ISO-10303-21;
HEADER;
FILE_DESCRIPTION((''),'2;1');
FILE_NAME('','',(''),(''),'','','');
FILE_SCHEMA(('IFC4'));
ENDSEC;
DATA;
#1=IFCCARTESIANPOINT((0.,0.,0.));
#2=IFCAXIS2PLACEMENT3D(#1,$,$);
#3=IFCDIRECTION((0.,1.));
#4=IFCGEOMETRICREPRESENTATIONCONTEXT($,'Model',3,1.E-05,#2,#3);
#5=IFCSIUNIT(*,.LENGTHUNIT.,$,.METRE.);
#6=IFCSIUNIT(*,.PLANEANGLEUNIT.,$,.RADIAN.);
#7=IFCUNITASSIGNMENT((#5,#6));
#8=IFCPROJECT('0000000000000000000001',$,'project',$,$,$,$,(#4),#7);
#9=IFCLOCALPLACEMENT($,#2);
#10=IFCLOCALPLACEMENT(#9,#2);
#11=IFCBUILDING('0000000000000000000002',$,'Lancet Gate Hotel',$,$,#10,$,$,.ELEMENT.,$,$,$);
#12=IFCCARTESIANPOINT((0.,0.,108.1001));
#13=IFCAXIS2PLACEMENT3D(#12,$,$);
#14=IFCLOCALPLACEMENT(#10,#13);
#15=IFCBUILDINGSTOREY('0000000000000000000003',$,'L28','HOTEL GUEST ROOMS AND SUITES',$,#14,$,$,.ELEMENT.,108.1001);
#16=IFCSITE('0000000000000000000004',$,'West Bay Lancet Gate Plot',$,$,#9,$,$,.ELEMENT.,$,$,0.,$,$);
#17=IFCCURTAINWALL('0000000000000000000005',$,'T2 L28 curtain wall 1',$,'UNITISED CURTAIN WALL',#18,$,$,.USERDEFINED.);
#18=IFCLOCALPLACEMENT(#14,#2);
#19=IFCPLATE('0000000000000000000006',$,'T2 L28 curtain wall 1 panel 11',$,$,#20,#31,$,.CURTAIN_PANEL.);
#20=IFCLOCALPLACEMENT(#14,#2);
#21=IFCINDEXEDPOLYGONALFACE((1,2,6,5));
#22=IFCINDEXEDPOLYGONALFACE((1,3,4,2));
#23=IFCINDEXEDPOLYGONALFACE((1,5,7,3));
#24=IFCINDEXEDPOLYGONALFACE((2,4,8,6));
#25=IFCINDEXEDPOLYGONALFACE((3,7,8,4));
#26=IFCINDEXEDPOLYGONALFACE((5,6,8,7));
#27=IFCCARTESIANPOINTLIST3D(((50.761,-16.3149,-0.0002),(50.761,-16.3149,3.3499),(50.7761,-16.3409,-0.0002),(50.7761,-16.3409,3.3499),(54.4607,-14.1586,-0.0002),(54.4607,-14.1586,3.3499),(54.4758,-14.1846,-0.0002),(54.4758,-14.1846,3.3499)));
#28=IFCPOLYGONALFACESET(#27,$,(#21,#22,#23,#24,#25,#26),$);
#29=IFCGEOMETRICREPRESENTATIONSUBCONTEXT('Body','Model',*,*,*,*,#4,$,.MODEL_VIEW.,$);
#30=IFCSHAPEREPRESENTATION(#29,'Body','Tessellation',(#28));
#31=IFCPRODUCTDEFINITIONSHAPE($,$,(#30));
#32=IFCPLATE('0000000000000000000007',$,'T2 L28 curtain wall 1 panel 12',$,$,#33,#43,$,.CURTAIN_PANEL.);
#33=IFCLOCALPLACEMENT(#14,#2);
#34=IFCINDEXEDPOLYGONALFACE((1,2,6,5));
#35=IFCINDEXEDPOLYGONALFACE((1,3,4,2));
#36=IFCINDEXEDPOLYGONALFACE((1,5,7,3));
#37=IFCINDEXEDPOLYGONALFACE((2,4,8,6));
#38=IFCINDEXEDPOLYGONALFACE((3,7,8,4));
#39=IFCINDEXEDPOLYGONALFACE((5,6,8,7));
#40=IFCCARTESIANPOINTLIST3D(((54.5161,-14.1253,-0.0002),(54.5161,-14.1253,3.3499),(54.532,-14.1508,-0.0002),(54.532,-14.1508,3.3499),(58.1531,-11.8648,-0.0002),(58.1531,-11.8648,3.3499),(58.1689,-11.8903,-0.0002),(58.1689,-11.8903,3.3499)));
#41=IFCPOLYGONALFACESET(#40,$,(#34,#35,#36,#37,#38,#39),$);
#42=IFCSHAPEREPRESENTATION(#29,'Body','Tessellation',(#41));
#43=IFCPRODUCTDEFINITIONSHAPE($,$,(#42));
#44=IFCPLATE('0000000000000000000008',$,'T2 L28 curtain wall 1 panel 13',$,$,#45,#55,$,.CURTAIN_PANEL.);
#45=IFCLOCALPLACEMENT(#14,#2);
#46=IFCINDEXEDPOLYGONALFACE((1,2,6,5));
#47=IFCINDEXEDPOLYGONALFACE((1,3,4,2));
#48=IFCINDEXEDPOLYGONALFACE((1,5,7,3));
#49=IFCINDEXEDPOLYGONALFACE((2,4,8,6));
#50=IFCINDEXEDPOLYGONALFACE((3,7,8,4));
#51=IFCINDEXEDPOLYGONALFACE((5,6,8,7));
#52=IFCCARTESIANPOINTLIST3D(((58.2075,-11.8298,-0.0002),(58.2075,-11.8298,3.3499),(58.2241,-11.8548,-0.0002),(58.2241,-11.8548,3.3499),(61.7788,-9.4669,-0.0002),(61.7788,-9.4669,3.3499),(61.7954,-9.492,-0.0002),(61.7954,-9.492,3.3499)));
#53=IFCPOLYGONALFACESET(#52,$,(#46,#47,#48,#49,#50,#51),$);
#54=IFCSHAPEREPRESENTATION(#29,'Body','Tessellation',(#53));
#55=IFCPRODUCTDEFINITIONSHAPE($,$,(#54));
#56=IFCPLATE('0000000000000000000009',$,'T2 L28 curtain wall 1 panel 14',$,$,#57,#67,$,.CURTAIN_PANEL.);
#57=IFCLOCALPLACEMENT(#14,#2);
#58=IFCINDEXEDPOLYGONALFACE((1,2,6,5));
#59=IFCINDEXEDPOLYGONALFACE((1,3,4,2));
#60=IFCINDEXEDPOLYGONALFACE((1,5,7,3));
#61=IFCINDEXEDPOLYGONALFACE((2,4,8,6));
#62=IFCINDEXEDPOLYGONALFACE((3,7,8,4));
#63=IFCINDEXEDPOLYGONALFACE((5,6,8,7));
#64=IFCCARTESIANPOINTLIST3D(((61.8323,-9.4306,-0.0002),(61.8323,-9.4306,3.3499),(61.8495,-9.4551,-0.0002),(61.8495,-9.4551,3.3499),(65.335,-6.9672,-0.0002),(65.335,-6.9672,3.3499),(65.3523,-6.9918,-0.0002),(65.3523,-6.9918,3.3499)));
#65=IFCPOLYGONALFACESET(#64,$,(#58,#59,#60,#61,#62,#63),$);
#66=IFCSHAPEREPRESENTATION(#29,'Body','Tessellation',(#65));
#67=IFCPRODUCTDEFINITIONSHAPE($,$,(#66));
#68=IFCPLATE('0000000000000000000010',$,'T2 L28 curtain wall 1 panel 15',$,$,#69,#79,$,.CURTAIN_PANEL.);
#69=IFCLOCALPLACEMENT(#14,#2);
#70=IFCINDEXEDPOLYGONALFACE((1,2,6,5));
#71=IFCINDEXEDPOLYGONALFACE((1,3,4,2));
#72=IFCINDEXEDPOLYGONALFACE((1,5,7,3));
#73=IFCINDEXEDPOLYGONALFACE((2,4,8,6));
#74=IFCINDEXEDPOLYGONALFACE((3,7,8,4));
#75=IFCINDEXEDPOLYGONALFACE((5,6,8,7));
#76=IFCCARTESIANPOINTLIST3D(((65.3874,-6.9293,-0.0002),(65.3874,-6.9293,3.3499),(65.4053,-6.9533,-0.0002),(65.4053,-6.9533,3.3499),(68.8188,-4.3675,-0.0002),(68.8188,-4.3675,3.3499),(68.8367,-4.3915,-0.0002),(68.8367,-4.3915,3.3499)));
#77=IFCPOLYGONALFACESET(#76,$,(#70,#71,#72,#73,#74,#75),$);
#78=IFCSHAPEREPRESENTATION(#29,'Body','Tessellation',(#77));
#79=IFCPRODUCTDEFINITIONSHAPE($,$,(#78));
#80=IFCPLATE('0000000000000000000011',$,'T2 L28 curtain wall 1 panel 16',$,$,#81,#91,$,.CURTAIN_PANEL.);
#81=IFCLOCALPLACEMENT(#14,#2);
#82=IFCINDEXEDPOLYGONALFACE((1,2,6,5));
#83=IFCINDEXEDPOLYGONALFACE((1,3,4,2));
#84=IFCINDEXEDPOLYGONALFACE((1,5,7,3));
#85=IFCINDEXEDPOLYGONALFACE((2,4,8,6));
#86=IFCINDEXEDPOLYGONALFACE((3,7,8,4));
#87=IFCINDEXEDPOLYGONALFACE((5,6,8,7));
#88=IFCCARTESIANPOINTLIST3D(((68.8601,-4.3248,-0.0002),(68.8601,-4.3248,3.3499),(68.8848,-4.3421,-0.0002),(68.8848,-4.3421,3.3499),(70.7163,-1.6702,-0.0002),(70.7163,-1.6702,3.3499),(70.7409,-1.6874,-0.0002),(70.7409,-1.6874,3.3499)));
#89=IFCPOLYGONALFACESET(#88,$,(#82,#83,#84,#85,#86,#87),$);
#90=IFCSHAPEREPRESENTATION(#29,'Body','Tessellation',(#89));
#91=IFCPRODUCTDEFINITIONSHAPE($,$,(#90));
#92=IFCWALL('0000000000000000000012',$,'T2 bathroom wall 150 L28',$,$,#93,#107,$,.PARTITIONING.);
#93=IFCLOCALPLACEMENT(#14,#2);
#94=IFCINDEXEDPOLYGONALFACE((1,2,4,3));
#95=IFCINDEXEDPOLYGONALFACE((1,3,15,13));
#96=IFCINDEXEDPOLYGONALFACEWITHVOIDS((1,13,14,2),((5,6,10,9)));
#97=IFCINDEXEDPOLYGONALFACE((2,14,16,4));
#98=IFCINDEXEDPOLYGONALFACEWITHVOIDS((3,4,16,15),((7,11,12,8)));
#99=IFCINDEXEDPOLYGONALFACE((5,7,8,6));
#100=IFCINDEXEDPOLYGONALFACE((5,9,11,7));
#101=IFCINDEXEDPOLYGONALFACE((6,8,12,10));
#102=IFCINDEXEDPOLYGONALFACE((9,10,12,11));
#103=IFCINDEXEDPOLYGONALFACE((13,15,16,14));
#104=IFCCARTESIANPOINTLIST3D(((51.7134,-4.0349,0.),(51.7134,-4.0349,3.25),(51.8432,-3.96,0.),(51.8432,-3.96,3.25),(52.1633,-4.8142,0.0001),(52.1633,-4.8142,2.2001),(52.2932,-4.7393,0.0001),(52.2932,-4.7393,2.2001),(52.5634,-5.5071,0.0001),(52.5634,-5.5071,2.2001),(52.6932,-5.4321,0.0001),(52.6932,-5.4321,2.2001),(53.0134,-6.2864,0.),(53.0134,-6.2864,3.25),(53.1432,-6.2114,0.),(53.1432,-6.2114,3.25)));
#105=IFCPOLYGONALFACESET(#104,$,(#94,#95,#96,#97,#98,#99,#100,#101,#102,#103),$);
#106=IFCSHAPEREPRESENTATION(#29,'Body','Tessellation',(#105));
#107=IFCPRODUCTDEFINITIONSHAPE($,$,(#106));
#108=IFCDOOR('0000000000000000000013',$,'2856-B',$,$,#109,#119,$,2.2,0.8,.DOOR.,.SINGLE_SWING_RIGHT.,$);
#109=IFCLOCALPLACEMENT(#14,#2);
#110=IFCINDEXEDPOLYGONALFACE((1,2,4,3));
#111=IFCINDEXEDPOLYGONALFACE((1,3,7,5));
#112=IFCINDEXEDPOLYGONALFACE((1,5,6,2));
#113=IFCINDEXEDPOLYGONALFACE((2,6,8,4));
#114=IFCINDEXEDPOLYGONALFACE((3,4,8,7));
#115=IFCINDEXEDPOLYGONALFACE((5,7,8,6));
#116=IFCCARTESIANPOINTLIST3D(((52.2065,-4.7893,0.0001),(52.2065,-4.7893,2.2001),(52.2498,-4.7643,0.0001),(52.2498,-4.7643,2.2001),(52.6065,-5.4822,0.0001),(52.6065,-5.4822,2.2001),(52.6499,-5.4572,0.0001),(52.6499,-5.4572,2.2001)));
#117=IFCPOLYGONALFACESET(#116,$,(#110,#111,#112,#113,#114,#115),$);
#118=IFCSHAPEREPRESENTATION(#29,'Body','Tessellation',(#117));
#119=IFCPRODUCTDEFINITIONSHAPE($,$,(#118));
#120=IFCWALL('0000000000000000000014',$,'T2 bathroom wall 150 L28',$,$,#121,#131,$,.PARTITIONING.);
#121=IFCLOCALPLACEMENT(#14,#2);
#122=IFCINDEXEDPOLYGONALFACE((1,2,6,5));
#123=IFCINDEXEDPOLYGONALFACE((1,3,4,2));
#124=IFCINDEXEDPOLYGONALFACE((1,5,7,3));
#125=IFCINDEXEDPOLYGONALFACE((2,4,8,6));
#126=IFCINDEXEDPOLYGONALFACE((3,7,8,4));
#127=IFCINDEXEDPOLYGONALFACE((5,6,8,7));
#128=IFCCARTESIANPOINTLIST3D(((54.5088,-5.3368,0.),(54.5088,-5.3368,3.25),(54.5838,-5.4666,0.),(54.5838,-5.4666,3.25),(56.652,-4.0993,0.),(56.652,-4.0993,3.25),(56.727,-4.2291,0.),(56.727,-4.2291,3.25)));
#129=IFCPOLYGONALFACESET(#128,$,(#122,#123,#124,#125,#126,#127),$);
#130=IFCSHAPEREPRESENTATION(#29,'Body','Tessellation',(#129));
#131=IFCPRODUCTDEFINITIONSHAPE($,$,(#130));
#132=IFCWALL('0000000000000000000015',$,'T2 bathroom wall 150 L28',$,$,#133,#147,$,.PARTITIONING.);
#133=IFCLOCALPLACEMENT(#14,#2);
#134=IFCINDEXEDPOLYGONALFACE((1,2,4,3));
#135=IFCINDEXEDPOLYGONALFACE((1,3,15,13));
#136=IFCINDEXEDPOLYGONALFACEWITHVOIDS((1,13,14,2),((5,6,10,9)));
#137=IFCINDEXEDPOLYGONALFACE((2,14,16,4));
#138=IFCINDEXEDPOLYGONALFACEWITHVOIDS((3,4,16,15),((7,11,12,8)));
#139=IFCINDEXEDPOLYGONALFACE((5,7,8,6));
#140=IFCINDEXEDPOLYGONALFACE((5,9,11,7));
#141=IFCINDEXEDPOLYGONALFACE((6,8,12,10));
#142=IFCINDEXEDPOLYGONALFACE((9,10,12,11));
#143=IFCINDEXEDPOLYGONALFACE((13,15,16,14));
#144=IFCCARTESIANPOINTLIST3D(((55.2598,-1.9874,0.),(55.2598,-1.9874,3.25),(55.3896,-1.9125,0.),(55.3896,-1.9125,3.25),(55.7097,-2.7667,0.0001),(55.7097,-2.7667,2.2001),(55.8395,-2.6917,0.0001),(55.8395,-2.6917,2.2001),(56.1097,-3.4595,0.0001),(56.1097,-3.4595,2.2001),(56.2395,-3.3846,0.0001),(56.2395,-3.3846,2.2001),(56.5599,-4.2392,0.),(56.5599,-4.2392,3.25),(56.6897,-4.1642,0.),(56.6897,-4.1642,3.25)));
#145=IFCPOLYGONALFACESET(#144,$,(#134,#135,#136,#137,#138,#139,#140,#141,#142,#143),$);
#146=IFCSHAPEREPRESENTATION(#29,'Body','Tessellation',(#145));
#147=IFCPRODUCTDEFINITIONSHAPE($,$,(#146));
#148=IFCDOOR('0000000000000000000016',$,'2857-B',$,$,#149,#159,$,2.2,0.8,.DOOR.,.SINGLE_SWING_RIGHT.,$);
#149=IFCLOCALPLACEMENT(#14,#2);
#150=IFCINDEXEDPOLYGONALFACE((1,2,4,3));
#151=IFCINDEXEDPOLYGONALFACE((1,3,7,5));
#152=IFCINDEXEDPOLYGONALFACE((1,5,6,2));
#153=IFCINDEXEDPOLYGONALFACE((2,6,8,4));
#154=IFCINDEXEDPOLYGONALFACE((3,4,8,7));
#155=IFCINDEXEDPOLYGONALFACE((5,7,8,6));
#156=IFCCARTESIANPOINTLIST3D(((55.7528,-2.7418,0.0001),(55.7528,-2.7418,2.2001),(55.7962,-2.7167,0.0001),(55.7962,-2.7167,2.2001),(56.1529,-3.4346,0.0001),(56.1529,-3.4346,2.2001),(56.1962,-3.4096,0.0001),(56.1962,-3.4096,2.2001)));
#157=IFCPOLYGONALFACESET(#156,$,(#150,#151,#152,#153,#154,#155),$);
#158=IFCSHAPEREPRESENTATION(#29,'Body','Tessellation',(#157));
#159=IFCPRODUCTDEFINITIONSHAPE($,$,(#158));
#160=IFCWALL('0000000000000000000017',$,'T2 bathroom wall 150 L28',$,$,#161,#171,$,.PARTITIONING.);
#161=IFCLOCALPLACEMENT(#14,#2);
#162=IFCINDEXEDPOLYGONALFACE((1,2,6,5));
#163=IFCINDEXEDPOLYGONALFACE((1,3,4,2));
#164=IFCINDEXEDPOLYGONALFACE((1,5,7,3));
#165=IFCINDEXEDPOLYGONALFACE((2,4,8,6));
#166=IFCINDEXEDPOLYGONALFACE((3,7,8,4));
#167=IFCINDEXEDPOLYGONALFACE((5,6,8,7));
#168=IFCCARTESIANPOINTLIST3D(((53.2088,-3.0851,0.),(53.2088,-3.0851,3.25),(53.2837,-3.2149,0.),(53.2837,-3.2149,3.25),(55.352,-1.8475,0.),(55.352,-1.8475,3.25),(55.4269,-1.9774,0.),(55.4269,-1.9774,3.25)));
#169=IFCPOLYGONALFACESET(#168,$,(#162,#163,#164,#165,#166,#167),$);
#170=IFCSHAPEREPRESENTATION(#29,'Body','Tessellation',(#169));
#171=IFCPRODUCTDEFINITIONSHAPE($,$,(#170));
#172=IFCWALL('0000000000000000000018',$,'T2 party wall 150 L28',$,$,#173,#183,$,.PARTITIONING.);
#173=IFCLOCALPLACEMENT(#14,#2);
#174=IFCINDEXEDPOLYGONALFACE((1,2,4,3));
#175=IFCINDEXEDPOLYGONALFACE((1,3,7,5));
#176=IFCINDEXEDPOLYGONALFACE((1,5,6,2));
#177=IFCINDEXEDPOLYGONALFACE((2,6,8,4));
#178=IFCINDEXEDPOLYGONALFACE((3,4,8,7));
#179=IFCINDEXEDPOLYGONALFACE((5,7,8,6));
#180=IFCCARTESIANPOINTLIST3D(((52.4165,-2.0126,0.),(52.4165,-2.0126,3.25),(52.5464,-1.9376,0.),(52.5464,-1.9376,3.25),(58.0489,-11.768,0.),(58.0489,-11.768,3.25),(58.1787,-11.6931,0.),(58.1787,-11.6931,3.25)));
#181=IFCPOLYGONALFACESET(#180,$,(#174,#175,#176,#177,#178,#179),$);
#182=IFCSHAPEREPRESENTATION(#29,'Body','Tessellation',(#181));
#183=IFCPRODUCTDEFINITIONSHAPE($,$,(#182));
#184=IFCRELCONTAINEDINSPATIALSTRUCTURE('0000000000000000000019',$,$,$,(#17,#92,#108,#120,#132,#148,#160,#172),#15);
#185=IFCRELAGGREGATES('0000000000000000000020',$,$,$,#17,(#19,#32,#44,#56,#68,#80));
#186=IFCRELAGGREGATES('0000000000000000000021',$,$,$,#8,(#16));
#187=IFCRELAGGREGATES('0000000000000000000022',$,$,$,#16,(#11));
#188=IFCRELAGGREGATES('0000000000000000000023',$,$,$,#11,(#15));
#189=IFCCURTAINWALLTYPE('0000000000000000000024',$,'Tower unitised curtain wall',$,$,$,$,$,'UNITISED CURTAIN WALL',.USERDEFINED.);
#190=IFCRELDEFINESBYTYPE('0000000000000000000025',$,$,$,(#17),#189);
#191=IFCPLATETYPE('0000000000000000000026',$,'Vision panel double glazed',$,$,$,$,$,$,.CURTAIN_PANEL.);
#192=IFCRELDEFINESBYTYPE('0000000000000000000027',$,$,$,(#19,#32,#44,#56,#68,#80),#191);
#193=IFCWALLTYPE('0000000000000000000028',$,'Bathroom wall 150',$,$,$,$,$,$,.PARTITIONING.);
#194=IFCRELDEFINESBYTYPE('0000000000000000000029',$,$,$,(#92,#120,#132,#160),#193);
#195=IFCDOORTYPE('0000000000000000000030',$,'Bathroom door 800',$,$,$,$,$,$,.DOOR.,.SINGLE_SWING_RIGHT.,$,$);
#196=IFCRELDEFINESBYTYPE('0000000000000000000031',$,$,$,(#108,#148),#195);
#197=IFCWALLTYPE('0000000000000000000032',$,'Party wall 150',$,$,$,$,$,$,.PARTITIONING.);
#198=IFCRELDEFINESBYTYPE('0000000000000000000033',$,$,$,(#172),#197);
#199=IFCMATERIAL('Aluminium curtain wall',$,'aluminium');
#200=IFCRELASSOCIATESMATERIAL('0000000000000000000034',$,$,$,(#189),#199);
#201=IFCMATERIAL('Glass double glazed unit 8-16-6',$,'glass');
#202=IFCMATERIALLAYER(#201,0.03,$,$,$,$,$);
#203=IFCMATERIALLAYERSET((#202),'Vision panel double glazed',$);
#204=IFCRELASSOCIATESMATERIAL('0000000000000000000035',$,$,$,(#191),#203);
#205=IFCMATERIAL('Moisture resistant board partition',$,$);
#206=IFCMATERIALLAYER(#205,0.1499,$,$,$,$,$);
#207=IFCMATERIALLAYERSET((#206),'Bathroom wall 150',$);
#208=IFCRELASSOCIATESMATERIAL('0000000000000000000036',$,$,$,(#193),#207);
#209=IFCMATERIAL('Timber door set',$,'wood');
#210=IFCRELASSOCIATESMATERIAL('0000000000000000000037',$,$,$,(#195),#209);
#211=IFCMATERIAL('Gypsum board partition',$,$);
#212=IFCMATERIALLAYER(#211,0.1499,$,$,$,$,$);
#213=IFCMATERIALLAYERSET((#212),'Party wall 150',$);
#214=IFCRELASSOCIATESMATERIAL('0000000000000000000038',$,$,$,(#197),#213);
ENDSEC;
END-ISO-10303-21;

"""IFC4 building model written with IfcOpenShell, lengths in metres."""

from ifc_helpers import new_model, si_unit, direction, frame, frame_2d, origin, origin_2d, place, context, subcontext, project, spatial, rectangle, extrude, material, layer, layer_set, type_object, element, fill, aggregate, save


model = new_model("IFC4")

# Units and contexts
model_context = context("Model", 3, precision=1e-05, world=origin(), true_north=direction((0.0, 1.0)))
body_context = subcontext(model_context, "Body", "Model", "MODEL_VIEW")
ifc_project = project(units=[si_unit("LENGTHUNIT", "METRE"), si_unit("PLANEANGLEUNIT", "RADIAN")], contexts=[model_context])

# Site, building, storey
site_placement = place(None, origin())
site = spatial("IfcSite", under=ifc_project, at=site_placement, Name="West Bay Lancet Gate Plot", CompositionType="ELEMENT", RefElevation=0.0)
building_placement = place(site_placement, origin())
building = spatial("IfcBuilding", under=site, at=building_placement, Name="Lancet Gate Hotel", CompositionType="ELEMENT")
storey_placement = place(building_placement, frame((0.0, 0.0, 108.1001)))
storey = spatial("IfcBuildingStorey", under=building, at=storey_placement, Name="L28", Description="HOTEL GUEST ROOMS AND SUITES", CompositionType="ELEMENT", Elevation=108.1001)

# Curtain wall
ifc_material_1 = material(Name="Aluminium curtain wall", Category="aluminium")
curtain_wall_type = type_object("IfcCurtainWallType", Name="Tower unitised curtain wall", ElementType="UNITISED CURTAIN WALL", PredefinedType="USERDEFINED", material=ifc_material_1)
curtain_wall_placement = place(storey_placement, origin())
curtain_wall = element("IfcCurtainWall", 1, at=curtain_wall_placement, inside=storey, type_object=curtain_wall_type, Name="T2 L28 curtain wall 1", ObjectType="UNITISED CURTAIN WALL", PredefinedType="USERDEFINED")

# Plates
ifc_material_2 = material(Name="Glass double glazed unit 8-16-6", Category="glass")
ifc_layer_1 = layer(ifc_material_2, 0.03)
ifc_layer_set_1 = layer_set([ifc_layer_1], Name="Vision panel double glazed")
plate_type = type_object("IfcPlateType", Name="Vision panel double glazed", PredefinedType="CURTAIN_PANEL", material=ifc_layer_set_1)
plate_1_placement = place(storey_placement, frame((52.6184, -15.2498, -0.0002), z_axis=(0.0, 0.0, 1.0), x_axis=(0.863966, 0.503551, 0.0)))
plate_1 = element("IfcPlate", 2, at=plate_1_placement, type_object=plate_type, Name="T2 L28 curtain wall 1 panel 11", PredefinedType="CURTAIN_PANEL", context=body_context, shape_type="SweptSolid", body=[
    extrude(rectangle(XDim=4.2822, YDim=0.03, at=origin_2d()), origin(), (0.0, 0.0, 1.0), 3.3501),
])
plate_2_placement = place(storey_placement, frame((56.3425, -13.0078, -0.0002), z_axis=(0.0, 0.0, 1.0), x_axis=(0.849318, 0.527882, 0.0)))
plate_2 = element("IfcPlate", 3, at=plate_2_placement, type_object=plate_type, Name="T2 L28 curtain wall 1 panel 12", PredefinedType="CURTAIN_PANEL", context=body_context, shape_type="SweptSolid", body=[
    extrude(rectangle(XDim=4.2822, YDim=0.03, at=origin_2d()), origin(), (0.0, 0.0, 1.0), 3.3501),
])
plate_3_placement = place(storey_placement, frame((60.0015, -10.6609, -0.0002), z_axis=(0.0, 0.0, 1.0), x_axis=(0.833985, 0.551787, 0.0)))
plate_3 = element("IfcPlate", 4, at=plate_3_placement, type_object=plate_type, Name="T2 L28 curtain wall 1 panel 13", PredefinedType="CURTAIN_PANEL", context=body_context, shape_type="SweptSolid", body=[
    extrude(rectangle(XDim=4.2822, YDim=0.03, at=origin_2d()), origin(), (0.0, 0.0, 1.0), 3.3501),
])
plate_4_placement = place(storey_placement, frame((63.5923, -8.2112, -0.0002), z_axis=(0.0, 0.0, 1.0), x_axis=(0.817979, 0.575247, 0.0)))
plate_4 = element("IfcPlate", 5, at=plate_4_placement, type_object=plate_type, Name="T2 L28 curtain wall 1 panel 14", PredefinedType="CURTAIN_PANEL", context=body_context, shape_type="SweptSolid", body=[
    extrude(rectangle(XDim=4.2822, YDim=0.03, at=origin_2d()), origin(), (0.0, 0.0, 1.0), 3.3501),
])
plate_5_placement = place(storey_placement, frame((67.1121, -5.6604, -0.0002), z_axis=(0.0, 0.0, 1.0), x_axis=(0.801314, 0.598244, 0.0)))
plate_5 = element("IfcPlate", 6, at=plate_5_placement, type_object=plate_type, Name="T2 L28 curtain wall 1 panel 15", PredefinedType="CURTAIN_PANEL", context=body_context, shape_type="SweptSolid", body=[
    extrude(rectangle(XDim=4.2822, YDim=0.03, at=origin_2d()), origin(), (0.0, 0.0, 1.0), 3.3501),
])
plate_6_placement = place(storey_placement, frame((69.8005, -3.0061, -0.0002), z_axis=(0.0, 0.0, 1.0), x_axis=(0.573025, 0.819538, 0.0)))
plate_6 = element("IfcPlate", 7, at=plate_6_placement, type_object=plate_type, Name="T2 L28 curtain wall 1 panel 16", PredefinedType="CURTAIN_PANEL", context=body_context, shape_type="SweptSolid", body=[
    extrude(rectangle(XDim=3.2393, YDim=0.03, at=origin_2d()), origin(), (0.0, 0.0, 1.0), 3.3501),
])
aggregate(curtain_wall, [plate_1, plate_2, plate_3, plate_4, plate_5, plate_6])

# Wall, opening, door
ifc_material_3 = material(Name="Moisture resistant board partition")
ifc_layer_2 = layer(ifc_material_3, 0.1499)
ifc_layer_set_2 = layer_set([ifc_layer_2], Name="Bathroom wall 150")
wall_type_1 = type_object("IfcWallType", Name="Bathroom wall 150", PredefinedType="PARTITIONING", material=ifc_layer_set_2)
wall_1_placement = place(storey_placement, frame((51.7783, -3.9976, 0.0), z_axis=(0.0, 0.0, 1.0), x_axis=(0.500048, -0.865998, 0.0)))
wall_1 = element("IfcWall", 8, at=wall_1_placement, inside=storey, type_object=wall_type_1, Name="T2 bathroom wall 150 L28", PredefinedType="PARTITIONING", context=body_context, shape_type="SweptSolid", body=[
    extrude(rectangle(XDim=2.5999, YDim=0.1499, at=frame_2d((1.2998, 0.0))), origin(), (0.0, 0.0, 1.0), 3.25),
])
opening_1_placement = place(wall_1_placement, frame((0.8999, 0.0, 0.0)))
opening_1 = element("IfcOpeningElement", 9, at=opening_1_placement, cuts=wall_1, PredefinedType="OPENING", context=body_context, shape_type="SweptSolid", body=[
    extrude(rectangle(XDim=0.8, YDim=2.2, at=frame_2d((0.3999, 1.1001))), frame((0.0, 0.085, 0.0), z_axis=(0.0, -1.0, 0.0), x_axis=(1.0, 0.0, 0.0)), (0.0, 0.0, 1.0), 0.1699),
])
ifc_material_4 = material(Name="Timber door set", Category="wood")
door_type = type_object("IfcDoorType", Name="Bathroom door 800", OperationType="SINGLE_SWING_RIGHT", PredefinedType="DOOR", material=ifc_material_4)
door_1_placement = place(opening_1_placement, origin())
door_1 = element("IfcDoor", 10, at=door_1_placement, inside=storey, type_object=door_type, Name="2856-B", OperationType="SINGLE_SWING_RIGHT", OverallHeight=2.2, OverallWidth=0.8, PredefinedType="DOOR", context=body_context, shape_type="SweptSolid", body=[
    extrude(rectangle(XDim=0.8, YDim=2.2, at=frame_2d((0.3999, 1.1001))), frame((0.0, 0.0249, 0.0), z_axis=(0.0, -1.0, 0.0), x_axis=(1.0, 0.0, 0.0)), (0.0, 0.0, 1.0), 0.05),
])
fill(opening_1, door_1)

# Wall
wall_2_placement = place(storey_placement, frame((54.5464, -5.4016, 0.0), z_axis=(0.0, 0.0, 1.0), x_axis=(0.866007, 0.500033, 0.0)))
element("IfcWall", 11, at=wall_2_placement, inside=storey, type_object=wall_type_1, Name="T2 bathroom wall 150 L28", PredefinedType="PARTITIONING", context=body_context, shape_type="SweptSolid", body=[
    extrude(rectangle(XDim=2.4749, YDim=0.1499, at=frame_2d((1.2373, 0.0))), origin(), (0.0, 0.0, 1.0), 3.25),
])

# Wall, opening, door
wall_3_placement = place(storey_placement, frame((55.3247, -1.95, 0.0), z_axis=(0.0, 0.0, 1.0), x_axis=(0.500007, -0.866021, 0.0)))
wall_3 = element("IfcWall", 12, at=wall_3_placement, inside=storey, type_object=wall_type_1, Name="T2 bathroom wall 150 L28", PredefinedType="PARTITIONING", context=body_context, shape_type="SweptSolid", body=[
    extrude(rectangle(XDim=2.6001, YDim=0.1499, at=frame_2d((1.3, 0.0))), origin(), (0.0, 0.0, 1.0), 3.25),
])
opening_2_placement = place(wall_3_placement, frame((0.8999, 0.0, 0.0)))
opening_2 = element("IfcOpeningElement", 13, at=opening_2_placement, cuts=wall_3, PredefinedType="OPENING", context=body_context, shape_type="SweptSolid", body=[
    extrude(rectangle(XDim=0.8, YDim=2.2, at=frame_2d((0.3999, 1.1001))), frame((0.0, 0.085, 0.0), z_axis=(0.0, -1.0, 0.0), x_axis=(1.0, 0.0, 0.0)), (0.0, 0.0, 1.0), 0.1699),
])
door_2_placement = place(opening_2_placement, origin())
door_2 = element("IfcDoor", 14, at=door_2_placement, inside=storey, type_object=door_type, Name="2857-B", OperationType="SINGLE_SWING_RIGHT", OverallHeight=2.2, OverallWidth=0.8, PredefinedType="DOOR", context=body_context, shape_type="SweptSolid", body=[
    extrude(rectangle(XDim=0.8, YDim=2.2, at=frame_2d((0.3999, 1.1001))), frame((0.0, 0.0249, 0.0), z_axis=(0.0, -1.0, 0.0), x_axis=(1.0, 0.0, 0.0)), (0.0, 0.0, 1.0), 0.05),
])
fill(opening_2, door_2)

# Walls
wall_4_placement = place(storey_placement, frame((53.2463, -3.1499, 0.0), z_axis=(0.0, 0.0, 1.0), x_axis=(0.866007, 0.500033, 0.0)))
element("IfcWall", 15, at=wall_4_placement, inside=storey, type_object=wall_type_1, Name="T2 bathroom wall 150 L28", PredefinedType="PARTITIONING", context=body_context, shape_type="SweptSolid", body=[
    extrude(rectangle(XDim=2.4749, YDim=0.1499, at=frame_2d((1.2373, 0.0))), origin(), (0.0, 0.0, 1.0), 3.25),
])
ifc_material_5 = material(Name="Gypsum board partition")
ifc_layer_3 = layer(ifc_material_5, 0.1499)
ifc_layer_set_3 = layer_set([ifc_layer_3], Name="Party wall 150")
wall_type_2 = type_object("IfcWallType", Name="Party wall 150", PredefinedType="PARTITIONING", material=ifc_layer_set_3)
wall_5_placement = place(storey_placement, frame((52.4814, -1.9751, 0.0), z_axis=(0.0, 0.0, 1.0), x_axis=(0.500004, -0.866023, 0.0)))
element("IfcWall", 16, at=wall_5_placement, inside=storey, type_object=wall_type_2, Name="T2 party wall 150 L28", PredefinedType="PARTITIONING", context=body_context, shape_type="SweptSolid", body=[
    extrude(rectangle(XDim=11.2646, YDim=0.1499, at=frame_2d((5.6323, 0.0))), origin(), (0.0, 0.0, 1.0), 3.25),
])

save(model, "model.ifc")
